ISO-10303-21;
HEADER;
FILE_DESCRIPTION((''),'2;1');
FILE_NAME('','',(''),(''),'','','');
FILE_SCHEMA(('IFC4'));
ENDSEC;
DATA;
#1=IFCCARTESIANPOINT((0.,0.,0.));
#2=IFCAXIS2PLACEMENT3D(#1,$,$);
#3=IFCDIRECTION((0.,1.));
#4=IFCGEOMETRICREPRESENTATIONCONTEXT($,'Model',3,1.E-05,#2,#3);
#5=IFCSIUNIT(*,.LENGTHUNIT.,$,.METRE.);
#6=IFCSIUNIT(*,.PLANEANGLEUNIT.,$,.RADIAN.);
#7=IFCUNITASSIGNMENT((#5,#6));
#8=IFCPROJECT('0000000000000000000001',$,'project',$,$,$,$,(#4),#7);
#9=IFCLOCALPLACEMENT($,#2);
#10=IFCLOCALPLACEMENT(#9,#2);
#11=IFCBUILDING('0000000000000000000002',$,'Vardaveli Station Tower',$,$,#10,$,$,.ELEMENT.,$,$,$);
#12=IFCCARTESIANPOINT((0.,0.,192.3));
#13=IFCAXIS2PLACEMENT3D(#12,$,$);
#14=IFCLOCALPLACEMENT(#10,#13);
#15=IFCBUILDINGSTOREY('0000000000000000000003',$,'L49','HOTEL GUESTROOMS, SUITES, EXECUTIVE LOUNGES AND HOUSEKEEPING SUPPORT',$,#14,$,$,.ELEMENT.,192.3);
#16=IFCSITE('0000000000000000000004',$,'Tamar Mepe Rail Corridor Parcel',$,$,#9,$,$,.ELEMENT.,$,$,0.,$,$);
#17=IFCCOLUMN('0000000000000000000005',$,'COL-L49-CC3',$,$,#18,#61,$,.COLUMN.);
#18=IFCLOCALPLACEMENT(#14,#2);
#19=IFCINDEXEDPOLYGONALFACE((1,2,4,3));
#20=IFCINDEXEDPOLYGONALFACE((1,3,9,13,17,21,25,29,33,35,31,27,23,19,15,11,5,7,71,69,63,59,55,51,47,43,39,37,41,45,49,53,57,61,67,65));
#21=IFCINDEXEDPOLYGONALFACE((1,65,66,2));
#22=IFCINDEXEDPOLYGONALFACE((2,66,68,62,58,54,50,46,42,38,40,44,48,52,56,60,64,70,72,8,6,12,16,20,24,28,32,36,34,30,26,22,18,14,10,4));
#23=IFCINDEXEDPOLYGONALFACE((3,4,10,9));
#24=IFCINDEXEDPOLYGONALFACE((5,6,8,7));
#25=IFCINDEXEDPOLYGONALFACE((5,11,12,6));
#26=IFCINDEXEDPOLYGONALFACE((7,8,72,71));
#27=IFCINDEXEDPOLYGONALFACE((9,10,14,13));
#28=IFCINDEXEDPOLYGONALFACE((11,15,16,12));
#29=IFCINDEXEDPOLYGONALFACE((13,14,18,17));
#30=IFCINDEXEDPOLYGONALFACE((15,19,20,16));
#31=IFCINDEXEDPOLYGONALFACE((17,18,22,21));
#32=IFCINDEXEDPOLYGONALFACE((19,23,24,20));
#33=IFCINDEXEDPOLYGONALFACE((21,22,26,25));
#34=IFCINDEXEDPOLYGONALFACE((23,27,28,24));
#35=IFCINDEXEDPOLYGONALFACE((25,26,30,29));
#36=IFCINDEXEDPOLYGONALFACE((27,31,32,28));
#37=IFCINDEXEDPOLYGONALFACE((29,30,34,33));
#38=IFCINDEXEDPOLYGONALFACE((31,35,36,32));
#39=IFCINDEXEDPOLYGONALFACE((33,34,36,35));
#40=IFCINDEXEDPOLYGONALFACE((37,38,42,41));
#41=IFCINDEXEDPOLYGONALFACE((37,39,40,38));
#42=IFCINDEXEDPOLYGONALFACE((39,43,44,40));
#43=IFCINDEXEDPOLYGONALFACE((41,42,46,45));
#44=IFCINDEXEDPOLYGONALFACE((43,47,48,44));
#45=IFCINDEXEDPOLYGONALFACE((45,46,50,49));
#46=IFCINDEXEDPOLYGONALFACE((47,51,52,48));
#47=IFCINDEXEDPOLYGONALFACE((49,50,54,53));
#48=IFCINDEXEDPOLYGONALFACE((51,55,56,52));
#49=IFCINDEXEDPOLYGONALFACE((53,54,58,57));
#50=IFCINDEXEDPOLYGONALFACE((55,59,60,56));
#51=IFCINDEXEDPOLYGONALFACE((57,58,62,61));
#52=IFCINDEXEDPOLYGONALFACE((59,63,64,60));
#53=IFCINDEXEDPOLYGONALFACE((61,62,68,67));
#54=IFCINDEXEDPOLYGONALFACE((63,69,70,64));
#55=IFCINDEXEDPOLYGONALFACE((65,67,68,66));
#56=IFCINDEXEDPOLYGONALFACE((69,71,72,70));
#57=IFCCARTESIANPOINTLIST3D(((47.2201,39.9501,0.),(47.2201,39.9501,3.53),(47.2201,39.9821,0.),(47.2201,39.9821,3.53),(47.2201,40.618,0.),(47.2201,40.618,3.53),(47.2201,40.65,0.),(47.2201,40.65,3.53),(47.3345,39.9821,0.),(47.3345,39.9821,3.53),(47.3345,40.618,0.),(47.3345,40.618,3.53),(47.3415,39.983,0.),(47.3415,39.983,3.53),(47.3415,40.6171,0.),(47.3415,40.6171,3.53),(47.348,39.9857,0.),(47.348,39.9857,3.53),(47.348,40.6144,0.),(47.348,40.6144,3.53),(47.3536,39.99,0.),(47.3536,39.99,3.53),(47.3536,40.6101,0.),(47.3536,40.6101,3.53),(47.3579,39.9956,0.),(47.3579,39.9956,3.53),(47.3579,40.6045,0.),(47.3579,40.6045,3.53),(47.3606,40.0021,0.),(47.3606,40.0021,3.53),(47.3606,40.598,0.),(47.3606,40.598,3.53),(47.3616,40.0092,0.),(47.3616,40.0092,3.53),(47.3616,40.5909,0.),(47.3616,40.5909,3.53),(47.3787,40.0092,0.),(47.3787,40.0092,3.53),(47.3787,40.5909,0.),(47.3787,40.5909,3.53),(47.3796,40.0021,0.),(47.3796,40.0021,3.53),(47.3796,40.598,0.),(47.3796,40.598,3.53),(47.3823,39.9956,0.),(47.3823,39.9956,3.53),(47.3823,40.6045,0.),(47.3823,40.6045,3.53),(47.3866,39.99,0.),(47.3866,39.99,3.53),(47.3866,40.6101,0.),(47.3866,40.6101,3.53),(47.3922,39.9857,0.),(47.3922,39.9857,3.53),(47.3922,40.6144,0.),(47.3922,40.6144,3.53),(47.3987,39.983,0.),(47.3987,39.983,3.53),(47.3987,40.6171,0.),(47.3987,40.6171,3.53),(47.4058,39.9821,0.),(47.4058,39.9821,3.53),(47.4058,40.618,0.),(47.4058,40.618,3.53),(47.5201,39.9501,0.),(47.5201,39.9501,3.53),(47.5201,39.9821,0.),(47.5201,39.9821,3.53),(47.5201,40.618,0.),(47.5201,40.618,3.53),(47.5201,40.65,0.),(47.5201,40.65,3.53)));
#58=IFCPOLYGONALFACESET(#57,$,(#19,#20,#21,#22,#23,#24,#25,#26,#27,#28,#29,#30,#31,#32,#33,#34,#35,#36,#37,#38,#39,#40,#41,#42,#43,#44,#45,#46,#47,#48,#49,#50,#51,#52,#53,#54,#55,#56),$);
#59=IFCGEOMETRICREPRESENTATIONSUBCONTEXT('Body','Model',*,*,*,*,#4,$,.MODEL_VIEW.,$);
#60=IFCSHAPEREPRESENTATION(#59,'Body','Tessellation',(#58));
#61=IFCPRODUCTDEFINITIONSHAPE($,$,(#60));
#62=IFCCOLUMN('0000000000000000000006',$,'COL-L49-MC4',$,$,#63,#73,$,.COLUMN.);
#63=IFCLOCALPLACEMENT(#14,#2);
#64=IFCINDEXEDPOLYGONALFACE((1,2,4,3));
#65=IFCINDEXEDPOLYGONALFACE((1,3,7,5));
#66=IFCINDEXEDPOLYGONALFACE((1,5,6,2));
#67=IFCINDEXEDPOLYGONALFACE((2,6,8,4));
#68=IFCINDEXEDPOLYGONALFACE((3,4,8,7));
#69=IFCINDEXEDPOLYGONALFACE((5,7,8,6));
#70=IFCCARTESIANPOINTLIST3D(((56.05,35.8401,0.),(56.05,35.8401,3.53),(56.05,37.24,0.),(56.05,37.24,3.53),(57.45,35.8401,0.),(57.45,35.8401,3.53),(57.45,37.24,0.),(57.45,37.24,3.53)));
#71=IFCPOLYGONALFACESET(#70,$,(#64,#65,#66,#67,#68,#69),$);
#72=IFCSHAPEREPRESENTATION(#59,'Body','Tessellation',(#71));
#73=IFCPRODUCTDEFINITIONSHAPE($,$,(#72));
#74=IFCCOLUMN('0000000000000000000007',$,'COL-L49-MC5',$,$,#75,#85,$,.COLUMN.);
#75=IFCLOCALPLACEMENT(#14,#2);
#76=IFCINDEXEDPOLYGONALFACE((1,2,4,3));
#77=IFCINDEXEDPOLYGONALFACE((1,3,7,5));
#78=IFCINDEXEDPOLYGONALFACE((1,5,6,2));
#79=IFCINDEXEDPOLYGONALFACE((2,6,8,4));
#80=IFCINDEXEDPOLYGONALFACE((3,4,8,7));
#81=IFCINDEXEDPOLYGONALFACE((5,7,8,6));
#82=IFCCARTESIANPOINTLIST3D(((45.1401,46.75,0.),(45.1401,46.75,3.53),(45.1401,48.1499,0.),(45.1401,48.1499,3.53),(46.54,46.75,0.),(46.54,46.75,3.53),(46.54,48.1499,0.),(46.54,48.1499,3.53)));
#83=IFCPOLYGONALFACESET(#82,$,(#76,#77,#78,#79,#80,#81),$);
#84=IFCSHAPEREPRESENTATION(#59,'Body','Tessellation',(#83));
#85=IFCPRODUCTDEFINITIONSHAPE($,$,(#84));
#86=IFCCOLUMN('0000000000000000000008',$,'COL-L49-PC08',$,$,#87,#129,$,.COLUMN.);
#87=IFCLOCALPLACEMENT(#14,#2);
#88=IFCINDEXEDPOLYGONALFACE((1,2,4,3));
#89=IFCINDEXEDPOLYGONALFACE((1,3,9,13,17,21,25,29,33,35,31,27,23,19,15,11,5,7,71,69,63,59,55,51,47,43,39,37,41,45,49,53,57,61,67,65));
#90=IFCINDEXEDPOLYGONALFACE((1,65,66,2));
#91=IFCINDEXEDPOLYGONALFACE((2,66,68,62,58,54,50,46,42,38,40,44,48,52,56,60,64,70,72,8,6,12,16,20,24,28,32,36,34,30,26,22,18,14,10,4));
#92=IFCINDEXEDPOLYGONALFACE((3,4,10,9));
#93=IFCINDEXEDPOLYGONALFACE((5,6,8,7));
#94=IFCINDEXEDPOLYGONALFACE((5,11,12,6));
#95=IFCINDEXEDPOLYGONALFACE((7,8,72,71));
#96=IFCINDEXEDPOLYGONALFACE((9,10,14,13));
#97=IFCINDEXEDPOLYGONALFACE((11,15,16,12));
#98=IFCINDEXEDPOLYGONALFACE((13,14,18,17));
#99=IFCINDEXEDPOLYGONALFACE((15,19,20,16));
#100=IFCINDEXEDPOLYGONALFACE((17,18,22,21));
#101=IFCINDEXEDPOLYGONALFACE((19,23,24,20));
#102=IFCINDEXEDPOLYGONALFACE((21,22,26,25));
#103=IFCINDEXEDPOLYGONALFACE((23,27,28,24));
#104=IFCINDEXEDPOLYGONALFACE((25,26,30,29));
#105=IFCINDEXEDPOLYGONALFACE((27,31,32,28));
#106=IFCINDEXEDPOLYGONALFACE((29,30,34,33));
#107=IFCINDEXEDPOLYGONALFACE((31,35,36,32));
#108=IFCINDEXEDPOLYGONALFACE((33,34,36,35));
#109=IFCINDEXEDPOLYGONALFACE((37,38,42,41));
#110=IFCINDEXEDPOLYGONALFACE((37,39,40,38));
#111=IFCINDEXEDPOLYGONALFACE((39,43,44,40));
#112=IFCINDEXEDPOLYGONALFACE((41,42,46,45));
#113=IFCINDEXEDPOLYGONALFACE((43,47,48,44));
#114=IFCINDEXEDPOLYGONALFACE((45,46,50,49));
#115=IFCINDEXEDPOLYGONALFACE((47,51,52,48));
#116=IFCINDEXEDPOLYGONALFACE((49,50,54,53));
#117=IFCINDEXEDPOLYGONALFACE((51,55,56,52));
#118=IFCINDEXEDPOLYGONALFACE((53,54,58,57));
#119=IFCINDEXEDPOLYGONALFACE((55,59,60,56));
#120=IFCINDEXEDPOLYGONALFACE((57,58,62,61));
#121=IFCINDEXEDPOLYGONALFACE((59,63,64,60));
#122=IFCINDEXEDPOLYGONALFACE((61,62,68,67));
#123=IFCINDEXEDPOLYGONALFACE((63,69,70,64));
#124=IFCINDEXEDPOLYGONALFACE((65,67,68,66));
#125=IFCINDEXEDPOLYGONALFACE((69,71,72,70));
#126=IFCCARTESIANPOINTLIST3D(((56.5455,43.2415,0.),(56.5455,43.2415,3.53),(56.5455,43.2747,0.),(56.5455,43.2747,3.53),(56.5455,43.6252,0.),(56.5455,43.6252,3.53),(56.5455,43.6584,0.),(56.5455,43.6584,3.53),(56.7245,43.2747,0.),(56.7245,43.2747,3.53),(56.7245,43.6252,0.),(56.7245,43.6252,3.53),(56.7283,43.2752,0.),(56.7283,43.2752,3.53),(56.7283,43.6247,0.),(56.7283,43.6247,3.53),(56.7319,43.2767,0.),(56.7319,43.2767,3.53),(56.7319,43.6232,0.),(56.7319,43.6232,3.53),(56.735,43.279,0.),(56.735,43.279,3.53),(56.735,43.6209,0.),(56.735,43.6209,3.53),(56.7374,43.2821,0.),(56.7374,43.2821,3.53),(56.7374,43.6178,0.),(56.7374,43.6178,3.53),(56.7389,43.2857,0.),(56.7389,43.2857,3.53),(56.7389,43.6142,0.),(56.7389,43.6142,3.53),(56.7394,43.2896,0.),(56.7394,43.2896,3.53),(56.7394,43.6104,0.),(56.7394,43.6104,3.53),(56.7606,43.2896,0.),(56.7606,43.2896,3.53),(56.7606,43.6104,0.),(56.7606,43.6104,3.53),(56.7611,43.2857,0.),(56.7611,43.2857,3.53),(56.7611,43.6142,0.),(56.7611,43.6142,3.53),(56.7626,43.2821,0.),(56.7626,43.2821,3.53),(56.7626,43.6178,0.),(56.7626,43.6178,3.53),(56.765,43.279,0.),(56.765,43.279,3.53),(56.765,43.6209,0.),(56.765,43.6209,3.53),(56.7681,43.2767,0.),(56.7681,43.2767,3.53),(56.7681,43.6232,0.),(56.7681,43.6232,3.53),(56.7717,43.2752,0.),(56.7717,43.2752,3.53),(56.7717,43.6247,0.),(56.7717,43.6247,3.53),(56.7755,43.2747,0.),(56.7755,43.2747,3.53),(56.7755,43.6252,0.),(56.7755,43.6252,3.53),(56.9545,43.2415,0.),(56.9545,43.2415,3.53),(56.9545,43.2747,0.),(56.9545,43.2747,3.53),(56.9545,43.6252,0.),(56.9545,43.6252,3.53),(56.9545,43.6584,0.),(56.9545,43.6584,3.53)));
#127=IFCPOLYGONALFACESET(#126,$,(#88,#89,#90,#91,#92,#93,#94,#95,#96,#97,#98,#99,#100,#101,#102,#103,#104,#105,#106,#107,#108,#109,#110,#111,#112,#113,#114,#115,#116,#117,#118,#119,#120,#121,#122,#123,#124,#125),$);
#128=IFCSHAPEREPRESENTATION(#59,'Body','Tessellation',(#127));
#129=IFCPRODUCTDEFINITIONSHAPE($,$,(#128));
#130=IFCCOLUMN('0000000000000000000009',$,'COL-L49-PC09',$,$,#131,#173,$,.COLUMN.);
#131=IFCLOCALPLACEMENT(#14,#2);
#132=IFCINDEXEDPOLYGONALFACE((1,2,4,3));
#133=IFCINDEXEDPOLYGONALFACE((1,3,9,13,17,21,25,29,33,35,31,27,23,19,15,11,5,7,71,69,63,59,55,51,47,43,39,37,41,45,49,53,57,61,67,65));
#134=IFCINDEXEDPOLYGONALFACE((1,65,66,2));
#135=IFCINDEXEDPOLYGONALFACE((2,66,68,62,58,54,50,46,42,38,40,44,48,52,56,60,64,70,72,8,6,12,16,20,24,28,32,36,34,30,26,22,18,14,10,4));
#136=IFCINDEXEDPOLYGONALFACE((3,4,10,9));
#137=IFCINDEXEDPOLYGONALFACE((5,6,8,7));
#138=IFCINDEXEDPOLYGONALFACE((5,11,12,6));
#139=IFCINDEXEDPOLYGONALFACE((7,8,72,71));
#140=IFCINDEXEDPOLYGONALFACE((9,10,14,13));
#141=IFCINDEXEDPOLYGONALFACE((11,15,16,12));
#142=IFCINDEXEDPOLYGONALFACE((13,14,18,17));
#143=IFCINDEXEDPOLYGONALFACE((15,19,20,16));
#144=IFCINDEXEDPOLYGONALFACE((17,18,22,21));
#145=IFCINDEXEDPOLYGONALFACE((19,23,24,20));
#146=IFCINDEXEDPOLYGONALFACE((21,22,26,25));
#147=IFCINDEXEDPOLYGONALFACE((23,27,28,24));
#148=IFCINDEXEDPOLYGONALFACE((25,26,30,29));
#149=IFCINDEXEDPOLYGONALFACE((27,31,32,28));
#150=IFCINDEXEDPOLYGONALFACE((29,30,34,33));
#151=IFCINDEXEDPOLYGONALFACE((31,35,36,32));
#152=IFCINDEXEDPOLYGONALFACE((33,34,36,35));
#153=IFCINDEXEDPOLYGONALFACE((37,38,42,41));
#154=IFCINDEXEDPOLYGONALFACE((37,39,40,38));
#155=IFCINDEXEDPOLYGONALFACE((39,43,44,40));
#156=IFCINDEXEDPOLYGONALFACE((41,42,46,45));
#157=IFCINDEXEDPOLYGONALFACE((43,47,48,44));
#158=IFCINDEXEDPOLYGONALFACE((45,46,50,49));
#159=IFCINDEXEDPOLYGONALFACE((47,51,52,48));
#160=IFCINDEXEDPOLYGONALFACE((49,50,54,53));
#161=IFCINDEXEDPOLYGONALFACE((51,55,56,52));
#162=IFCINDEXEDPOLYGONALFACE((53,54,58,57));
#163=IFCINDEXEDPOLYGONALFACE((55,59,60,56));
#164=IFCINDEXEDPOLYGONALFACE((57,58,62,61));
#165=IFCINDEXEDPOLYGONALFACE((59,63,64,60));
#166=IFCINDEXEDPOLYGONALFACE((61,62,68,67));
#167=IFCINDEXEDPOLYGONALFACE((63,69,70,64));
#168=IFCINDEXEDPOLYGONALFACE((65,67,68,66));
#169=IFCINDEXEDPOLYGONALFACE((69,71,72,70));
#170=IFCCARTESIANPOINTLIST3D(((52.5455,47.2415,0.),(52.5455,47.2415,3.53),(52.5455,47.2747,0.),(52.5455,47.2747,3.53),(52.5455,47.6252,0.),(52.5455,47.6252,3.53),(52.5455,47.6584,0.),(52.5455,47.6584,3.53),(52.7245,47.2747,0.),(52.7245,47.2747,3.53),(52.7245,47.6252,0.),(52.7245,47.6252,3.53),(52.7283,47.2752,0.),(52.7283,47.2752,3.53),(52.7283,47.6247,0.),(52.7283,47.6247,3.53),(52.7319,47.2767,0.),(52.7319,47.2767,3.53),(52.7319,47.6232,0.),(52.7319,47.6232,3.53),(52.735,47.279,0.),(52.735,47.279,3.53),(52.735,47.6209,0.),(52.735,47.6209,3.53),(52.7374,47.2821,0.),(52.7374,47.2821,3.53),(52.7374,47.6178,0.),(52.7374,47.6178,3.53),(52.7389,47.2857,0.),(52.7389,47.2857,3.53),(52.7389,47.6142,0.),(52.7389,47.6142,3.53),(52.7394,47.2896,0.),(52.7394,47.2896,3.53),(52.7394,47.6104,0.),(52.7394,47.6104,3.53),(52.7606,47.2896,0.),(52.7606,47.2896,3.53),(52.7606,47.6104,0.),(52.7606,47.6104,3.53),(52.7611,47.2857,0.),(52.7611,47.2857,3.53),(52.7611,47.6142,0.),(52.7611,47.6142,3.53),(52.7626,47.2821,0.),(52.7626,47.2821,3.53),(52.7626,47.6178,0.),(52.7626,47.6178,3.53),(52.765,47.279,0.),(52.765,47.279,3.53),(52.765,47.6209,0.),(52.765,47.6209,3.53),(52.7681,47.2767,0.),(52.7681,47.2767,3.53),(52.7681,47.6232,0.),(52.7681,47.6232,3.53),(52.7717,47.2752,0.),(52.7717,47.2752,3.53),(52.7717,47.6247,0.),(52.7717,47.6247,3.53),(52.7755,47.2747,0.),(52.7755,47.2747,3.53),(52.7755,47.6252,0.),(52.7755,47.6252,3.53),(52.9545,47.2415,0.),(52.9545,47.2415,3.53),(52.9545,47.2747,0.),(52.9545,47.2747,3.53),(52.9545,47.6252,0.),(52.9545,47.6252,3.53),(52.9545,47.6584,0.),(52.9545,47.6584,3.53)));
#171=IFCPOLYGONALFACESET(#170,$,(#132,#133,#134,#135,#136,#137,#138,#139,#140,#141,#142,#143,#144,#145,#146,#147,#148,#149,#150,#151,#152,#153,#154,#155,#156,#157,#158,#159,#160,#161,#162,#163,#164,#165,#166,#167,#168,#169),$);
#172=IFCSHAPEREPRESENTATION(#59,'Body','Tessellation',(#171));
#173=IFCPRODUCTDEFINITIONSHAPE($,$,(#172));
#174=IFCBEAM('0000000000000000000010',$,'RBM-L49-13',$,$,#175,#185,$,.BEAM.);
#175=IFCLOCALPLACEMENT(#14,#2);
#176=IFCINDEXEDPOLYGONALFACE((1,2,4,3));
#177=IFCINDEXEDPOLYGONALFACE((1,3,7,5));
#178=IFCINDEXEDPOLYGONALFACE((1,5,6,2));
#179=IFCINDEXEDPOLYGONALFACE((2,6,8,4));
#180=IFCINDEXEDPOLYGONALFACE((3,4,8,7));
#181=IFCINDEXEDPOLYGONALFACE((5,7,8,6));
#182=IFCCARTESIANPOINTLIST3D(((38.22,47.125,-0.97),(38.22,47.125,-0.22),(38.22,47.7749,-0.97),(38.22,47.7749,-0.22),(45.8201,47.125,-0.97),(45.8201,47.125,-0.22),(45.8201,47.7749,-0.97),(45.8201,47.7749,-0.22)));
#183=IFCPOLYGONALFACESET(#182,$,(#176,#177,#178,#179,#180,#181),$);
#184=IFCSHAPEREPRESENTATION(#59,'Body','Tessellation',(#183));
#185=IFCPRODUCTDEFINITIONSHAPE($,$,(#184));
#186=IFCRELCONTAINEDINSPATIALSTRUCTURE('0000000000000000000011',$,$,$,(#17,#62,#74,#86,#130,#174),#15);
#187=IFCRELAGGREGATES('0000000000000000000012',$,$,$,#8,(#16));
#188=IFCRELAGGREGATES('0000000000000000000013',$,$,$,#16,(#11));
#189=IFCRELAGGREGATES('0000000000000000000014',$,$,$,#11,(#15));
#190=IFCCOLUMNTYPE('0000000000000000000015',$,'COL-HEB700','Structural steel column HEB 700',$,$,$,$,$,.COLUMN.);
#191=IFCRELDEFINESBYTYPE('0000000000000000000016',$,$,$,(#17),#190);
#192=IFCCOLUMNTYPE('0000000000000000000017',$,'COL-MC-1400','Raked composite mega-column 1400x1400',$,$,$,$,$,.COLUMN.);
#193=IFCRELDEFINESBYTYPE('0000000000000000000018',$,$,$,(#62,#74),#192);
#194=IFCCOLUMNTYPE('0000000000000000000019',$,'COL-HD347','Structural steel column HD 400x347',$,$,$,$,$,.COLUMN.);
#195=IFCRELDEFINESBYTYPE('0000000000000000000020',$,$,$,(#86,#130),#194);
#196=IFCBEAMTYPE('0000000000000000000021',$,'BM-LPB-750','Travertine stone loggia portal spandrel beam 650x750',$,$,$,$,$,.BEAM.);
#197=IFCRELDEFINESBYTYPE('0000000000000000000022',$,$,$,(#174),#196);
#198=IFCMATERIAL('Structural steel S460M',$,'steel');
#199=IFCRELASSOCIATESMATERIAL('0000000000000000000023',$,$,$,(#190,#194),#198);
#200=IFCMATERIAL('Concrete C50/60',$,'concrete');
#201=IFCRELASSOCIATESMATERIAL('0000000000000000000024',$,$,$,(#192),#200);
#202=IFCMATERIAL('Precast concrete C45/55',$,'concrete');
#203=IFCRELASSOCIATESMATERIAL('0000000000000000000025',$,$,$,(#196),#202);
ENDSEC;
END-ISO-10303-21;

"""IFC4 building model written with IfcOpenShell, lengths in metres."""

from ifc_helpers import new_model, si_unit, direction, frame, origin, origin_2d, place, context, subcontext, project, spatial, rectangle, i_section, extrude, source, transform, mapped, material, material_profile, profile_set, type_object, element, save


model = new_model("IFC4")

# Units and contexts
model_context = context("Model", 3, precision=1e-05, world=origin(), true_north=direction((0.0, 1.0)))
body_context = subcontext(model_context, "Body", "Model", "MODEL_VIEW")
ifc_project = project(units=[si_unit("LENGTHUNIT", "METRE"), si_unit("PLANEANGLEUNIT", "RADIAN")], contexts=[model_context])

# Site, building, storey
site_placement = place(None, origin())
site = spatial("IfcSite", under=ifc_project, at=site_placement, Name="Tamar Mepe Rail Corridor Parcel", CompositionType="ELEMENT", RefElevation=0.0)
building_placement = place(site_placement, origin())
building = spatial("IfcBuilding", under=site, at=building_placement, Name="Vardaveli Station Tower", CompositionType="ELEMENT")
storey_placement = place(building_placement, frame((0.0, 0.0, 192.3)))
storey = spatial("IfcBuildingStorey", under=building, at=storey_placement, Name="L49", Description="HOTEL GUESTROOMS, SUITES, EXECUTIVE LOUNGES AND HOUSEKEEPING SUPPORT", CompositionType="ELEMENT", Elevation=192.3)

# Columns
ifc_material_1 = material(Name="Structural steel S460M", Category="steel")
ifc_material_profile_1 = material_profile(ifc_material_1, i_section(OverallWidth=0.3, OverallDepth=0.7, WebThickness=0.0171, FlangeThickness=0.032, FilletRadius=0.0271, at=origin_2d()), Name="HEB 700")
ifc_profile_set_1 = profile_set([ifc_material_profile_1], Name="Structural steel S460M")
column_type_1 = type_object("IfcColumnType", Name="COL-HEB700", Description="Structural steel column HEB 700", PredefinedType="COLUMN", material=ifc_profile_set_1)
shared_shape_1 = source(origin(), body_context, "Body", "SweptSolid", [
    extrude(i_section(OverallWidth=0.3, OverallDepth=0.7, WebThickness=0.0171, FlangeThickness=0.032, FilletRadius=0.0271, at=origin_2d()), origin(), (0.0, 0.0, 1.0), 3.53),
])
column_placement = place(storey_placement, frame((47.3701, 40.3, 0.0), z_axis=(0.0, 0.0, 1.0), x_axis=(1.0, 0.0, 0.0)))
element("IfcColumn", 1, at=column_placement, inside=storey, type_object=column_type_1, Name="COL-L49-CC3", PredefinedType="COLUMN", context=body_context, shape_type="MappedRepresentation", body=[
    mapped(shared_shape_1, transform((0.0, 0.0, 0.0), scale=1.0)),
])
ifc_material_2 = material(Name="Concrete C50/60", Category="concrete")
ifc_material_profile_2 = material_profile(ifc_material_2, rectangle(XDim=1.3999, YDim=1.3999, at=origin_2d()), Name="MC 1400x1400")
ifc_profile_set_2 = profile_set([ifc_material_profile_2], Name="Concrete C50/60")
column_type_2 = type_object("IfcColumnType", Name="COL-MC-1400", Description="Raked composite mega-column 1400x1400", PredefinedType="COLUMN", material=ifc_profile_set_2)
shared_shape_2 = source(origin(), body_context, "Body", "SweptSolid", [
    extrude(rectangle(XDim=1.3999, YDim=1.3999, at=origin_2d()), origin(), (0.0, 0.0, 1.0), 3.53),
])
for number, where, z_axis, x_axis, name in (
    (2, (56.75, 36.54, 0.0), (0.0, 0.0, 1.0), (1.0, 0.0, 0.0), "COL-L49-MC4"),
    (3, (45.8401, 47.45, 0.0), (0.0, 0.0, 1.0), (1.0, 0.0, 0.0), "COL-L49-MC5"),
):
    element("IfcColumn", number, at=place(storey_placement, frame(where, z_axis=z_axis, x_axis=x_axis)), inside=storey, type_object=column_type_2, Name=name, PredefinedType="COLUMN", context=body_context, shape_type="MappedRepresentation", body=[
        mapped(shared_shape_2, transform((0.0, 0.0, 0.0), scale=1.0)),
    ])
ifc_material_profile_3 = material_profile(ifc_material_1, i_section(OverallWidth=0.4089, OverallDepth=0.417, WebThickness=0.0212, FlangeThickness=0.0332, FilletRadius=0.0149, at=origin_2d()), Name="HD 400x347")
ifc_profile_set_3 = profile_set([ifc_material_profile_3], Name="Structural steel S460M")
column_type_3 = type_object("IfcColumnType", Name="COL-HD347", Description="Structural steel column HD 400x347", PredefinedType="COLUMN", material=ifc_profile_set_3)
shared_shape_3 = source(origin(), body_context, "Body", "SweptSolid", [
    extrude(i_section(OverallWidth=0.4089, OverallDepth=0.417, WebThickness=0.0212, FlangeThickness=0.0332, FilletRadius=0.0149, at=origin_2d()), origin(), (0.0, 0.0, 1.0), 3.53),
])
for number, where, z_axis, x_axis, name in (
    (4, (56.75, 43.45, 0.0), (0.0, 0.0, 1.0), (1.0, 0.0, 0.0), "COL-L49-PC08"),
    (5, (52.75, 47.45, 0.0), (0.0, 0.0, 1.0), (1.0, 0.0, 0.0), "COL-L49-PC09"),
):
    element("IfcColumn", number, at=place(storey_placement, frame(where, z_axis=z_axis, x_axis=x_axis)), inside=storey, type_object=column_type_3, Name=name, PredefinedType="COLUMN", context=body_context, shape_type="MappedRepresentation", body=[
        mapped(shared_shape_3, transform((0.0, 0.0, 0.0), scale=1.0)),
    ])

# Beam
ifc_material_3 = material(Name="Precast concrete C45/55", Category="concrete")
ifc_material_profile_4 = material_profile(ifc_material_3, rectangle(XDim=0.6499, YDim=0.75, at=origin_2d()), Name="LPB 650x750")
ifc_profile_set_4 = profile_set([ifc_material_profile_4], Name="Precast concrete C45/55")
beam_type = type_object("IfcBeamType", Name="BM-LPB-750", Description="Travertine stone loggia portal spandrel beam 650x750", PredefinedType="BEAM", material=ifc_profile_set_4)
shared_shape_4 = source(origin(), body_context, "Body", "SweptSolid", [
    extrude(rectangle(XDim=0.6499, YDim=0.75, at=origin_2d()), origin(), (0.0, 0.0, 1.0), 7.6001),
])
beam_1_placement = place(storey_placement, frame((45.8201, 47.45, -0.595), z_axis=(-1.0, 0.0, 0.0), x_axis=(0.0, -1.0, 0.0)))
element("IfcBeam", 6, at=beam_1_placement, inside=storey, type_object=beam_type, Name="RBM-L49-13", PredefinedType="BEAM", context=body_context, shape_type="MappedRepresentation", body=[
    mapped(shared_shape_4, transform((0.0, 0.0, 0.0), scale=1.0)),
])

save(model, "model.ifc")
